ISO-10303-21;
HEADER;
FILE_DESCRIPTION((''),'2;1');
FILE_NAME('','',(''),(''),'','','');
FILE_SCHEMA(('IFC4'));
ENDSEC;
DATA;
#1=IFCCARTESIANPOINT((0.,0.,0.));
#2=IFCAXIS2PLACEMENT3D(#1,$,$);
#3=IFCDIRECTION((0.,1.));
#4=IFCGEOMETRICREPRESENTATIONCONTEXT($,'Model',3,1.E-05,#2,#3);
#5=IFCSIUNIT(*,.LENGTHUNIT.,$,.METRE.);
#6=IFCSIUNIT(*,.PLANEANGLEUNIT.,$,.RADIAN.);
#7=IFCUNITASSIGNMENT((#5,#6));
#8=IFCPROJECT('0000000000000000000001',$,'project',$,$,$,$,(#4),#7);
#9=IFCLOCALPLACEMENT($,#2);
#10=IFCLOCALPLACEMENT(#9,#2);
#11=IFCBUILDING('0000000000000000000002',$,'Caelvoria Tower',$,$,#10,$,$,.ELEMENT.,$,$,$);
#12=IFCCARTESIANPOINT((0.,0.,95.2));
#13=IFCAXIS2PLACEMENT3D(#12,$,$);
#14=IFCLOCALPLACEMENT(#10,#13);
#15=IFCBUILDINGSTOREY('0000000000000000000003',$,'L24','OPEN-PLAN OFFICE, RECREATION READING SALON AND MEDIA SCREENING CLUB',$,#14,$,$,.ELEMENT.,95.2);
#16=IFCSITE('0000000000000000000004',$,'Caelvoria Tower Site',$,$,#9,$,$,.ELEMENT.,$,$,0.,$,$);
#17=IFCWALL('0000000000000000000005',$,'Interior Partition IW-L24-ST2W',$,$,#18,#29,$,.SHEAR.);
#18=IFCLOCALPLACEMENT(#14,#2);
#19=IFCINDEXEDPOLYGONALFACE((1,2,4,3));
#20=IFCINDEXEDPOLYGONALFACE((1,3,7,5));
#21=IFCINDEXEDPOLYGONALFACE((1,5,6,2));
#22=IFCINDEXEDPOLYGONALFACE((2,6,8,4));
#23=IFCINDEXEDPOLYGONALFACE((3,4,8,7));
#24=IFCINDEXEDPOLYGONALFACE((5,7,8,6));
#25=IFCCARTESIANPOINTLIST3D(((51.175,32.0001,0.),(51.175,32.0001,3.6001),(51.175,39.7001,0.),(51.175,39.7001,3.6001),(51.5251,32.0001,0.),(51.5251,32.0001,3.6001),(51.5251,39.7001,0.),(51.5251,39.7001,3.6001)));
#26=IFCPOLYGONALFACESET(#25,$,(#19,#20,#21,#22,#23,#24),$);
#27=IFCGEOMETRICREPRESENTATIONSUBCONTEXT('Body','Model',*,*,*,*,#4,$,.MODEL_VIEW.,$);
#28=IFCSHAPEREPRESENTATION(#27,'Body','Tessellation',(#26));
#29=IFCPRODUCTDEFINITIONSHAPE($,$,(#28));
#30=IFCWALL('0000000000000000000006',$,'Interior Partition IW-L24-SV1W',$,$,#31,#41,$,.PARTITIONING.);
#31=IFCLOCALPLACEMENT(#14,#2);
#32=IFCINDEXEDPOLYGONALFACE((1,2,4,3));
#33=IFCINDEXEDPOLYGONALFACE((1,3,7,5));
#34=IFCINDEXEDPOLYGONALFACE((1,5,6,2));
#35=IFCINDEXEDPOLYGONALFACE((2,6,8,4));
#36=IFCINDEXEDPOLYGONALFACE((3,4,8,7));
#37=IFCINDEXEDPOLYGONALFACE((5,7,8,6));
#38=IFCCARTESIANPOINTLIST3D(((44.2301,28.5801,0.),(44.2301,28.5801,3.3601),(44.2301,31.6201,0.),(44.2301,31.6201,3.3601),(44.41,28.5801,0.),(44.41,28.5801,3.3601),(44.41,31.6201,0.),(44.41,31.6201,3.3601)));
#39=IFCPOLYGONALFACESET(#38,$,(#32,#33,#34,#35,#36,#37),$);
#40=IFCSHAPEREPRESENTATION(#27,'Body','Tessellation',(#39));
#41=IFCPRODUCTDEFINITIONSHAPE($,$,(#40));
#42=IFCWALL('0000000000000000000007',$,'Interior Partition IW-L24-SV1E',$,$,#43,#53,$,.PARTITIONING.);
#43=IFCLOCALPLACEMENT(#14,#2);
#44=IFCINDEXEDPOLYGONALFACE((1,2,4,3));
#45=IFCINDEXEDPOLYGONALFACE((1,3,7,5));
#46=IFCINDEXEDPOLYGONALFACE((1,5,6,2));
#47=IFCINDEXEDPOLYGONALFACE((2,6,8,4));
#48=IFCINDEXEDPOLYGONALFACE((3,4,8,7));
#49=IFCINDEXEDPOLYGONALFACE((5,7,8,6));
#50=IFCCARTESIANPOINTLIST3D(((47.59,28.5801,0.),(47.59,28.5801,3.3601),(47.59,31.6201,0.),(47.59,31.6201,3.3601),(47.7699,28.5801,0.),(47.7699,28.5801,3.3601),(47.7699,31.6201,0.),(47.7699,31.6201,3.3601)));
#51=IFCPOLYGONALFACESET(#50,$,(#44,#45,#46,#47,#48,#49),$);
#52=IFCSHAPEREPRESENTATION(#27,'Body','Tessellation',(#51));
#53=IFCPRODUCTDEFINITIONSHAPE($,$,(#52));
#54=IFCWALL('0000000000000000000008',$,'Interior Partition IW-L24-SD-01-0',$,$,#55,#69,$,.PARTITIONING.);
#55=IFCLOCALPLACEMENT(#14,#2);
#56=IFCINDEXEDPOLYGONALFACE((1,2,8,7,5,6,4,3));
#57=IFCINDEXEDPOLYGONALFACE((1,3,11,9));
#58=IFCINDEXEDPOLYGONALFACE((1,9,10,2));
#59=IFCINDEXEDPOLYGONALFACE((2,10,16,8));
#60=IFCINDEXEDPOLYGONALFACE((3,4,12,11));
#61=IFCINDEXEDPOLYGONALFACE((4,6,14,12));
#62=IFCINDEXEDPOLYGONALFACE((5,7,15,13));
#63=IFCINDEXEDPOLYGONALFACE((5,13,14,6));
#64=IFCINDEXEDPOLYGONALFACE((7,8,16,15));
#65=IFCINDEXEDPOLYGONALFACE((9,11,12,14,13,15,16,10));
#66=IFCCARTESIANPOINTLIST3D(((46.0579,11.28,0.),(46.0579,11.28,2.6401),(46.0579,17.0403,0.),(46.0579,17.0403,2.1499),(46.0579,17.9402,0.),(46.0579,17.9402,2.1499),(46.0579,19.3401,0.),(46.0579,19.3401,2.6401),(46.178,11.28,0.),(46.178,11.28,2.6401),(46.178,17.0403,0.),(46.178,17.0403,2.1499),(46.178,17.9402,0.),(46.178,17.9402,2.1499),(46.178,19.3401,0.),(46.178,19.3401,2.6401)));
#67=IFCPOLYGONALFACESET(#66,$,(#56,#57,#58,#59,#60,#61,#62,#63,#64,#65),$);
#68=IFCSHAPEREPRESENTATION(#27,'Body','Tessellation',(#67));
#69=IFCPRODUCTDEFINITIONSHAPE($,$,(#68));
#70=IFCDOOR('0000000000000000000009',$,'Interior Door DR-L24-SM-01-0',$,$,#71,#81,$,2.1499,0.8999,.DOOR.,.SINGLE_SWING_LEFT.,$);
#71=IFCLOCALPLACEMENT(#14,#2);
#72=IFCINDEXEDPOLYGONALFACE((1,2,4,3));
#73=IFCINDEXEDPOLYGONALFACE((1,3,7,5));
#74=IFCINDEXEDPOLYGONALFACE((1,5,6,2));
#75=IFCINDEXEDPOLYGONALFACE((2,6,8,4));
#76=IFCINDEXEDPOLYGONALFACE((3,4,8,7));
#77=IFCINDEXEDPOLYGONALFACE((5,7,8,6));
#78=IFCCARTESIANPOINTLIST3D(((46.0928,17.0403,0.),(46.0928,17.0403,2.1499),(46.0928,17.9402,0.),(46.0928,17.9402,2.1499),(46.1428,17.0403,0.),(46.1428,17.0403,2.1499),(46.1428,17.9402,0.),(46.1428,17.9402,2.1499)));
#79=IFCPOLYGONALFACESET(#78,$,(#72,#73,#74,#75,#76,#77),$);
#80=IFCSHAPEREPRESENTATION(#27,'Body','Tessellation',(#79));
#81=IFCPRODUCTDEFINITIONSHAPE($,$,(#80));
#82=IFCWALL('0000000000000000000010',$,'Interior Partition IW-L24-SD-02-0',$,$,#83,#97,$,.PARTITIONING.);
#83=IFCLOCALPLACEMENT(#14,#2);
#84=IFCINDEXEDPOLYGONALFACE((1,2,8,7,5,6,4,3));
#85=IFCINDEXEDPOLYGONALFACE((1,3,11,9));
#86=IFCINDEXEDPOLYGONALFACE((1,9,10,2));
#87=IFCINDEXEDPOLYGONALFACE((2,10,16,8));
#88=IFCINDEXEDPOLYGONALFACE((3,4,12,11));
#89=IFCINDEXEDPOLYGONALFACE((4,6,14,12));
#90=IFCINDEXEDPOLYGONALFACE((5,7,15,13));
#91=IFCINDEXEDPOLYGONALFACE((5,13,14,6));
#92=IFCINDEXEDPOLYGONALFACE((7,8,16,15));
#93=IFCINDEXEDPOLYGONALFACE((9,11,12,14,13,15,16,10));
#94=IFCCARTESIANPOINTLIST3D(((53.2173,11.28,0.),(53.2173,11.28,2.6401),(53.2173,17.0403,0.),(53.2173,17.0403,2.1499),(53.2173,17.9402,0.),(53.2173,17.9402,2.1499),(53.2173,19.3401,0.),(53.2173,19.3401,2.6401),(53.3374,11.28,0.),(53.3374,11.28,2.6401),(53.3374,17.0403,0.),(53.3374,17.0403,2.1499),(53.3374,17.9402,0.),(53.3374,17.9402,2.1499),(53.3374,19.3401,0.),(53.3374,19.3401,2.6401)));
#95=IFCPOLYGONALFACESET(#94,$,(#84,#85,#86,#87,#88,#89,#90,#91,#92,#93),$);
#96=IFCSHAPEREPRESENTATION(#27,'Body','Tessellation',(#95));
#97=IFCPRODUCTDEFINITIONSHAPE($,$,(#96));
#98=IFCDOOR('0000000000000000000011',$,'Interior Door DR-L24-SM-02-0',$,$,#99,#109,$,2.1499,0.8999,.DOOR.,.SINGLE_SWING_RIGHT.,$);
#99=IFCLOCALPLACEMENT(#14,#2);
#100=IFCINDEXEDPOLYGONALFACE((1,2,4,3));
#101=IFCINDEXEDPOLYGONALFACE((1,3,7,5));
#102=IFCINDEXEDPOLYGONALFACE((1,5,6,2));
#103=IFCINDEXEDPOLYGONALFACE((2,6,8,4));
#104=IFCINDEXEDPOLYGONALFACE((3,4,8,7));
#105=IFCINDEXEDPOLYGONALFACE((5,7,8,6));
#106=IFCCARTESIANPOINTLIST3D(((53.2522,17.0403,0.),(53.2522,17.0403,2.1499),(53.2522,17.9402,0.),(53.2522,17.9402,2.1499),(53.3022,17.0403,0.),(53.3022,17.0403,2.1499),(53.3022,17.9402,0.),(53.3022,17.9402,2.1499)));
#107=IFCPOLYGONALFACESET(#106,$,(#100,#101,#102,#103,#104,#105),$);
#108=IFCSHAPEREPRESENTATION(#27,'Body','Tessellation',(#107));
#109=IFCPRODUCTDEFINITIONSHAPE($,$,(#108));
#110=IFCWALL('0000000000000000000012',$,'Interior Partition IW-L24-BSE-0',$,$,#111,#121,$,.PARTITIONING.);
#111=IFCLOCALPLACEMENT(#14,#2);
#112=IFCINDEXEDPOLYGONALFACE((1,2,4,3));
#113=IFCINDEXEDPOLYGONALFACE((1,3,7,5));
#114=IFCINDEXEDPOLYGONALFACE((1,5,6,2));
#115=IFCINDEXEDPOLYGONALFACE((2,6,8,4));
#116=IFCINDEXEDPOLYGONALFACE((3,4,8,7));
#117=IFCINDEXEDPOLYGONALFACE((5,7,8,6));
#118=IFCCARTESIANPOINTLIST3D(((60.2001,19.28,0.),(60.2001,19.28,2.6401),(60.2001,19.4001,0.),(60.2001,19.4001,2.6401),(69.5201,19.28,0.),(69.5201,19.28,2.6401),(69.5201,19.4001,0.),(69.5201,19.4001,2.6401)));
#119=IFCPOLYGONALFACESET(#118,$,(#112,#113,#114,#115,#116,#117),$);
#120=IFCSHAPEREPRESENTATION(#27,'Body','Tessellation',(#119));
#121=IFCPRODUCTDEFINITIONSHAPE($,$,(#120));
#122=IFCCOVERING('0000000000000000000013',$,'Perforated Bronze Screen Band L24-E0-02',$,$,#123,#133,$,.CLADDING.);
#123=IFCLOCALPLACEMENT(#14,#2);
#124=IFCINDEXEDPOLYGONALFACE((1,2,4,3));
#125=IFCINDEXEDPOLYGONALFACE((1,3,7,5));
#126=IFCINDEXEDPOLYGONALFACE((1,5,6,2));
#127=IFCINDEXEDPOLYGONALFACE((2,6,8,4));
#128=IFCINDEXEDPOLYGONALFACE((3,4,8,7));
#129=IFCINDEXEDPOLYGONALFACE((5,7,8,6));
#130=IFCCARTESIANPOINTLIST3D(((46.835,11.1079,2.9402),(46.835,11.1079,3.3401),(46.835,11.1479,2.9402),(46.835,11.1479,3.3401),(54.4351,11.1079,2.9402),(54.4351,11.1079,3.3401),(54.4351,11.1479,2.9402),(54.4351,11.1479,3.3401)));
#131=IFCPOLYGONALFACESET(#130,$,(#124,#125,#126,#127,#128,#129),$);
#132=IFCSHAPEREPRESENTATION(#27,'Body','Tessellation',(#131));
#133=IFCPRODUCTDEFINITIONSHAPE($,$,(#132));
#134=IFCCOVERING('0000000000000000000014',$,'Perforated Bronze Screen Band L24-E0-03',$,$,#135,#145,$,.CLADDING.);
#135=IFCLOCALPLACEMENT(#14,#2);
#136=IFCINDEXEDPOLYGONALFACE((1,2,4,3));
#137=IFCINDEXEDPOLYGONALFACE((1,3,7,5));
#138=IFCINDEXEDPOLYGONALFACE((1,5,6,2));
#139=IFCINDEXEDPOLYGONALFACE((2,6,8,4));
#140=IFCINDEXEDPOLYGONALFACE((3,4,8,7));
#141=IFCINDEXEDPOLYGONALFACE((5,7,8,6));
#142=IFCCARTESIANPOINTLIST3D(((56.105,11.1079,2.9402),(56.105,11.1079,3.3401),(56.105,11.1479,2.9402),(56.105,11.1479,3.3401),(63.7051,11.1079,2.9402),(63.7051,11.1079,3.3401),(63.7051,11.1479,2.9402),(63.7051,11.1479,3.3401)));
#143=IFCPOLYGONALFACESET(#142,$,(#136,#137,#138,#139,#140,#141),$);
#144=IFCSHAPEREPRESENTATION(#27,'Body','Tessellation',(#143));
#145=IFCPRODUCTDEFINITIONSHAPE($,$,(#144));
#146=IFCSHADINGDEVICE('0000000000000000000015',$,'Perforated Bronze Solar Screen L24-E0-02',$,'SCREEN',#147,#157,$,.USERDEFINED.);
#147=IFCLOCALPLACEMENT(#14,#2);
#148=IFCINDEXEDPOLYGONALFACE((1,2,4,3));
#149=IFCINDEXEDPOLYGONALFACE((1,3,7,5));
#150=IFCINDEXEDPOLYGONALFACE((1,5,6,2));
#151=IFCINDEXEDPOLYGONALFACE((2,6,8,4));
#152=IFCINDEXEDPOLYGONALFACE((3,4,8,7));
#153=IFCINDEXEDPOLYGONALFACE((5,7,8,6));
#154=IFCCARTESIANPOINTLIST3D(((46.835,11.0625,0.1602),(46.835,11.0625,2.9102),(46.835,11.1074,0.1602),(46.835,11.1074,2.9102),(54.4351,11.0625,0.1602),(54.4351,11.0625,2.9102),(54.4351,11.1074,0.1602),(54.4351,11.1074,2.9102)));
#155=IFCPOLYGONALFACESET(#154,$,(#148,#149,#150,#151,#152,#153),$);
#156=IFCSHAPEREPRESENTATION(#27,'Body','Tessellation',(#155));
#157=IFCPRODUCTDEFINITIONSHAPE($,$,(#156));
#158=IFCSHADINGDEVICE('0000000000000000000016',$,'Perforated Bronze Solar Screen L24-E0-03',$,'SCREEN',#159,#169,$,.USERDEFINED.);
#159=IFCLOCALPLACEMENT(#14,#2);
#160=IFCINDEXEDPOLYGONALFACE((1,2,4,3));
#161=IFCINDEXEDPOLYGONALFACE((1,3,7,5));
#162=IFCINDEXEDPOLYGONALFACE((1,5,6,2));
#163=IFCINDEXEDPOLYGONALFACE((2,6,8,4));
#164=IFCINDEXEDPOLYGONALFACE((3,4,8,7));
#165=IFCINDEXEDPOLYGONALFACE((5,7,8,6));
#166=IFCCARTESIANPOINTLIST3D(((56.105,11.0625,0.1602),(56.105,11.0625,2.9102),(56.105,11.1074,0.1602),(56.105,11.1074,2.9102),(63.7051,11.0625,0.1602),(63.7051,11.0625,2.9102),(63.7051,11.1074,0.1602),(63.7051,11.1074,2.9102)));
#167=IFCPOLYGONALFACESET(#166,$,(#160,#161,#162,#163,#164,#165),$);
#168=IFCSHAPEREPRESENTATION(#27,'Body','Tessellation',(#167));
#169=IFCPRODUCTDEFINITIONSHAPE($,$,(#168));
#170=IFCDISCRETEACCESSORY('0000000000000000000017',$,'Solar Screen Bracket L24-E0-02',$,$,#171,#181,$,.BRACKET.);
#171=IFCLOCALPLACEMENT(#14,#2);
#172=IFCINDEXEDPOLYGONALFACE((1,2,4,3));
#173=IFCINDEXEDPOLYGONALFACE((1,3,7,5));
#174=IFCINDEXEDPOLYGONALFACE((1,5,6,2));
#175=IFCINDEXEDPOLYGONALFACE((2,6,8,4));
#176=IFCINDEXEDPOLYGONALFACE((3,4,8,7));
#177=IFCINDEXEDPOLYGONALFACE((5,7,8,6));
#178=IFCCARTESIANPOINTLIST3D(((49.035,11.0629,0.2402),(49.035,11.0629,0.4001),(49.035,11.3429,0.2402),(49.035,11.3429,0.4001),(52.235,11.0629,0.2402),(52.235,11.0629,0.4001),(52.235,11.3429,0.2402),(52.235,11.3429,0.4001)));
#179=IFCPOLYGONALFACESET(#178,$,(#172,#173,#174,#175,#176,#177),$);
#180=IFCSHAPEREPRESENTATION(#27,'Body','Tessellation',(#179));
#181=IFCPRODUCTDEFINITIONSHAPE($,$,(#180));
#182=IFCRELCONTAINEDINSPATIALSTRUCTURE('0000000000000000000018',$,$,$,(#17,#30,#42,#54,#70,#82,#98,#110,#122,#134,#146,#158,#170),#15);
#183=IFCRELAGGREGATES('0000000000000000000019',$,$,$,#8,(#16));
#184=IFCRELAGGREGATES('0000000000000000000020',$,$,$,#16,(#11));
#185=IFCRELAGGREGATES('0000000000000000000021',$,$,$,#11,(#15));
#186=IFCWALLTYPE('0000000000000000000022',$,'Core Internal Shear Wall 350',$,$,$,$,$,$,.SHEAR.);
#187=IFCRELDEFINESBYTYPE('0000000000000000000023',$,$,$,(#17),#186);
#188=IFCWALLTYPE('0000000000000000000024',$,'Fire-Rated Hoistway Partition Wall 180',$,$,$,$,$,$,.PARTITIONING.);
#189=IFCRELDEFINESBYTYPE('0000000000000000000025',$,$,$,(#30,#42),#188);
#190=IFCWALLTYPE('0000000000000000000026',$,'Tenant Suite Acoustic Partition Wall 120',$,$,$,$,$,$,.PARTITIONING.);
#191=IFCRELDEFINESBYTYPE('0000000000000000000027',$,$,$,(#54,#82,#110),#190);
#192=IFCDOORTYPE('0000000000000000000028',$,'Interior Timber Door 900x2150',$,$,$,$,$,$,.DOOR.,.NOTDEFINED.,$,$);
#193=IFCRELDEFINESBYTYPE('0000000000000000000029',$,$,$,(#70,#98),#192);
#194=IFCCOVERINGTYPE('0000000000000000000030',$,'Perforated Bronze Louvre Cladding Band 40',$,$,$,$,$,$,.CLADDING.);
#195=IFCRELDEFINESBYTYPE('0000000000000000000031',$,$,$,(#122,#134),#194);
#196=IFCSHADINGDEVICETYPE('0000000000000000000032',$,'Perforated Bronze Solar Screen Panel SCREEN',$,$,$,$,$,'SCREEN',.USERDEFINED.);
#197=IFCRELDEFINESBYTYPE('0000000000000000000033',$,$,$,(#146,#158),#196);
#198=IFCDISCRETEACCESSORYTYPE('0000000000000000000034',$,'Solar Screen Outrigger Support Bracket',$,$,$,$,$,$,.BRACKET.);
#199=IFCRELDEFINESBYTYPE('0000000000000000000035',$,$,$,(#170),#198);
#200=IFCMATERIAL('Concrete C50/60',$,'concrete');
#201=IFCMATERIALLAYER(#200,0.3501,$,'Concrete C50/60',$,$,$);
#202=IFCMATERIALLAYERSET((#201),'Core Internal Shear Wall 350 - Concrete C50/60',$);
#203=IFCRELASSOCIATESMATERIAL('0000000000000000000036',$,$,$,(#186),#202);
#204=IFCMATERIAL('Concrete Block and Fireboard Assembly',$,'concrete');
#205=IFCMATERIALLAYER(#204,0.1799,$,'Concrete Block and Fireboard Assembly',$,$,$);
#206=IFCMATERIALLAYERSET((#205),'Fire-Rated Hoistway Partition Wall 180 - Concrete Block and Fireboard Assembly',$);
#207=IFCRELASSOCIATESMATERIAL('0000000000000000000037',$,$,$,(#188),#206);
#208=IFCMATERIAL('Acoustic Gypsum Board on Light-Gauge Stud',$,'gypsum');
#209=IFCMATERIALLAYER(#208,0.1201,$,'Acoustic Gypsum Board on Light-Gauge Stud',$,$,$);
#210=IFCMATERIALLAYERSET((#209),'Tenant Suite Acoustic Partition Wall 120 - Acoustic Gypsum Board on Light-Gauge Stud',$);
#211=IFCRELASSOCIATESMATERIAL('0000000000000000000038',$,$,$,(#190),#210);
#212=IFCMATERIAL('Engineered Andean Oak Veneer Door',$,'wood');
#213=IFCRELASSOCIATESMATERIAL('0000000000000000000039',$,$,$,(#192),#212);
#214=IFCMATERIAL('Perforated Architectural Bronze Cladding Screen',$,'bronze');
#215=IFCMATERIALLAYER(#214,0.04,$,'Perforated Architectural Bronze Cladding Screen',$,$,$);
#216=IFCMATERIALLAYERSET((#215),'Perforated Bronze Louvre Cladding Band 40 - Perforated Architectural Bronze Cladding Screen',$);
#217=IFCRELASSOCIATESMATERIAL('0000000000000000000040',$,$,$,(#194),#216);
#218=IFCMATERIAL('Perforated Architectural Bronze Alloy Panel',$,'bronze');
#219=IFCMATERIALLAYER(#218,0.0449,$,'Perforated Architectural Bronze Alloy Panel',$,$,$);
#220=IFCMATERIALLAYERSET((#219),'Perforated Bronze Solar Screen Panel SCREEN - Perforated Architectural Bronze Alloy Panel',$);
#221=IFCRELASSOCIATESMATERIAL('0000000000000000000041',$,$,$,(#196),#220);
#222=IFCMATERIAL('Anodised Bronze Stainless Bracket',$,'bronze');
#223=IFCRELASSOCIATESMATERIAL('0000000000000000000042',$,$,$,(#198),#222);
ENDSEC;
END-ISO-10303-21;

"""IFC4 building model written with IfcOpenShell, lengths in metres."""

from ifc_helpers import new_model, si_unit, direction, frame, frame_2d, origin, origin_2d, place, context, subcontext, project, spatial, rectangle, extrude, material, layer, layer_set, type_object, element, fill, save


model = new_model("IFC4")

# Units and contexts
model_context = context("Model", 3, precision=1e-05, world=origin(), true_north=direction((0.0, 1.0)))
body_context = subcontext(model_context, "Body", "Model", "MODEL_VIEW")
ifc_project = project(units=[si_unit("LENGTHUNIT", "METRE"), si_unit("PLANEANGLEUNIT", "RADIAN")], contexts=[model_context])

# Site, building, storey
site_placement = place(None, origin())
site = spatial("IfcSite", under=ifc_project, at=site_placement, Name="Caelvoria Tower Site", CompositionType="ELEMENT", RefElevation=0.0)
building_placement = place(site_placement, origin())
building = spatial("IfcBuilding", under=site, at=building_placement, Name="Caelvoria Tower", CompositionType="ELEMENT")
storey_placement = place(building_placement, frame((0.0, 0.0, 95.2)))
storey = spatial("IfcBuildingStorey", under=building, at=storey_placement, Name="L24", Description="OPEN-PLAN OFFICE, RECREATION READING SALON AND MEDIA SCREENING CLUB", CompositionType="ELEMENT", Elevation=95.2)

# Walls
ifc_material_1 = material(Name="Concrete C50/60", Category="concrete")
ifc_layer_1 = layer(ifc_material_1, 0.3501, Name="Concrete C50/60")
ifc_layer_set_1 = layer_set([ifc_layer_1], Name="Core Internal Shear Wall 350 - Concrete C50/60")
wall_type_1 = type_object("IfcWallType", Name="Core Internal Shear Wall 350", PredefinedType="SHEAR", material=ifc_layer_set_1)
wall_1_placement = place(storey_placement, frame((51.3501, 32.0, 0.0), z_axis=(0.0, 0.0, 1.0), x_axis=(0.0, 1.0, 0.0)))
element("IfcWall", 1, at=wall_1_placement, inside=storey, type_object=wall_type_1, Name="Interior Partition IW-L24-ST2W", PredefinedType="SHEAR", context=body_context, shape_type="SweptSolid", body=[
    extrude(rectangle(XDim=7.7, YDim=0.3501, at=frame_2d((3.8501, 0.0))), origin(), (0.0, 0.0, 1.0), 3.6001),
])
ifc_material_2 = material(Name="Concrete Block and Fireboard Assembly", Category="concrete")
ifc_layer_2 = layer(ifc_material_2, 0.1799, Name="Concrete Block and Fireboard Assembly")
ifc_layer_set_2 = layer_set([ifc_layer_2], Name="Fire-Rated Hoistway Partition Wall 180 - Concrete Block and Fireboard Assembly")
wall_type_2 = type_object("IfcWallType", Name="Fire-Rated Hoistway Partition Wall 180", PredefinedType="PARTITIONING", material=ifc_layer_set_2)
for number, where, z_axis, x_axis, name in (
    (2, (44.3201, 28.5801, 0.0), (0.0, 0.0, 1.0), (0.0, 1.0, 0.0), "Interior Partition IW-L24-SV1W"),
    (3, (47.6799, 28.5801, 0.0), (0.0, 0.0, 1.0), (0.0, 1.0, 0.0), "Interior Partition IW-L24-SV1E"),
):
    element("IfcWall", number, at=place(storey_placement, frame(where, z_axis=z_axis, x_axis=x_axis)), inside=storey, type_object=wall_type_2, Name=name, PredefinedType="PARTITIONING", context=body_context, shape_type="SweptSolid", body=[
        extrude(rectangle(XDim=3.04, YDim=0.1799, at=frame_2d((1.52, 0.0))), origin(), (0.0, 0.0, 1.0), 3.3601),
    ])

# Walls, openings, doors
ifc_material_3 = material(Name="Acoustic Gypsum Board on Light-Gauge Stud", Category="gypsum")
ifc_layer_3 = layer(ifc_material_3, 0.1201, Name="Acoustic Gypsum Board on Light-Gauge Stud")
ifc_layer_set_3 = layer_set([ifc_layer_3], Name="Tenant Suite Acoustic Partition Wall 120 - Acoustic Gypsum Board on Light-Gauge Stud")
wall_type_3 = type_object("IfcWallType", Name="Tenant Suite Acoustic Partition Wall 120", PredefinedType="PARTITIONING", material=ifc_layer_set_3)
wall_2_placement = place(storey_placement, frame((46.1179, 19.3401, 0.0), z_axis=(0.0, 0.0, 1.0), x_axis=(0.0, -1.0, 0.0)))
wall_2 = element("IfcWall", 4, at=wall_2_placement, inside=storey, type_object=wall_type_3, Name="Interior Partition IW-L24-SD-01-0", PredefinedType="PARTITIONING", context=body_context, shape_type="SweptSolid", body=[
    extrude(rectangle(XDim=8.0601, YDim=0.1201, at=frame_2d((4.03, 0.0))), origin(), (0.0, 0.0, 1.0), 2.6401),
])
opening_1_placement = place(wall_2_placement, frame((1.3999, 0.0, 0.0)))
opening_1 = element("IfcOpeningElement", 5, at=opening_1_placement, cuts=wall_2, PredefinedType="OPENING", context=body_context, shape_type="SweptSolid", body=[
    extrude(rectangle(XDim=0.8999, YDim=2.1499, at=frame_2d((0.45, 1.075))), frame((0.0, 0.0701, 0.0), z_axis=(0.0, -1.0, 0.0), x_axis=(1.0, 0.0, 0.0)), (0.0, 0.0, 1.0), 0.1401),
])
ifc_material_4 = material(Name="Engineered Andean Oak Veneer Door", Category="wood")
door_type_1 = type_object("IfcDoorType", Name="Interior Timber Door 900x2150", OperationType="NOTDEFINED", PredefinedType="DOOR", material=ifc_material_4)
door_1_placement = place(opening_1_placement, origin())
door_1 = element("IfcDoor", 6, at=door_1_placement, inside=storey, type_object=door_type_1, Name="Interior Door DR-L24-SM-01-0", OperationType="SINGLE_SWING_LEFT", OverallHeight=2.1499, OverallWidth=0.8999, PredefinedType="DOOR", context=body_context, shape_type="SweptSolid", body=[
    extrude(rectangle(XDim=0.8999, YDim=2.1499, at=frame_2d((0.45, 1.075))), frame((0.0, 0.0249, 0.0), z_axis=(0.0, -1.0, 0.0), x_axis=(1.0, 0.0, 0.0)), (0.0, 0.0, 1.0), 0.05),
])
fill(opening_1, door_1)
wall_3_placement = place(storey_placement, frame((53.2773, 19.3401, 0.0), z_axis=(0.0, 0.0, 1.0), x_axis=(0.0, -1.0, 0.0)))
wall_3 = element("IfcWall", 7, at=wall_3_placement, inside=storey, type_object=wall_type_3, Name="Interior Partition IW-L24-SD-02-0", PredefinedType="PARTITIONING", context=body_context, shape_type="SweptSolid", body=[
    extrude(rectangle(XDim=8.0601, YDim=0.1201, at=frame_2d((4.03, 0.0))), origin(), (0.0, 0.0, 1.0), 2.6401),
])
opening_2_placement = place(wall_3_placement, frame((1.3999, 0.0, 0.0)))
opening_2 = element("IfcOpeningElement", 8, at=opening_2_placement, cuts=wall_3, PredefinedType="OPENING", context=body_context, shape_type="SweptSolid", body=[
    extrude(rectangle(XDim=0.8999, YDim=2.1499, at=frame_2d((0.45, 1.075))), frame((0.0, 0.0701, 0.0), z_axis=(0.0, -1.0, 0.0), x_axis=(1.0, 0.0, 0.0)), (0.0, 0.0, 1.0), 0.1401),
])
door_2_placement = place(opening_2_placement, origin())
door_2 = element("IfcDoor", 9, at=door_2_placement, inside=storey, type_object=door_type_1, Name="Interior Door DR-L24-SM-02-0", OperationType="SINGLE_SWING_RIGHT", OverallHeight=2.1499, OverallWidth=0.8999, PredefinedType="DOOR", context=body_context, shape_type="SweptSolid", body=[
    extrude(rectangle(XDim=0.8999, YDim=2.1499, at=frame_2d((0.45, 1.075))), frame((0.0, 0.0249, 0.0), z_axis=(0.0, -1.0, 0.0), x_axis=(1.0, 0.0, 0.0)), (0.0, 0.0, 1.0), 0.05),
])
fill(opening_2, door_2)

# Wall
wall_4_placement = place(storey_placement, frame((60.2, 19.3401, 0.0), z_axis=(0.0, 0.0, 1.0), x_axis=(1.0, 0.0, 0.0)))
element("IfcWall", 10, at=wall_4_placement, inside=storey, type_object=wall_type_3, Name="Interior Partition IW-L24-BSE-0", PredefinedType="PARTITIONING", context=body_context, shape_type="SweptSolid", body=[
    extrude(rectangle(XDim=9.3201, YDim=0.1201, at=frame_2d((4.6602, 0.0))), origin(), (0.0, 0.0, 1.0), 2.6401),
])

# Coverings
ifc_material_5 = material(Name="Perforated Architectural Bronze Cladding Screen", Category="bronze")
ifc_layer_4 = layer(ifc_material_5, 0.04, Name="Perforated Architectural Bronze Cladding Screen")
ifc_layer_set_4 = layer_set([ifc_layer_4], Name="Perforated Bronze Louvre Cladding Band 40 - Perforated Architectural Bronze Cladding Screen")
covering_type = type_object("IfcCoveringType", Name="Perforated Bronze Louvre Cladding Band 40", PredefinedType="CLADDING", material=ifc_layer_set_4)
for number, where, z_axis, x_axis, name in (
    (11, (50.635, 11.1279, 2.9402), (0.0, 0.0, 1.0), (1.0, 0.0, 0.0), "Perforated Bronze Screen Band L24-E0-02"),
    (12, (59.905, 11.1279, 2.9402), (0.0, 0.0, 1.0), (1.0, 0.0, 0.0), "Perforated Bronze Screen Band L24-E0-03"),
):
    element("IfcCovering", number, at=place(storey_placement, frame(where, z_axis=z_axis, x_axis=x_axis)), inside=storey, type_object=covering_type, Name=name, PredefinedType="CLADDING", context=body_context, shape_type="SweptSolid", body=[
        extrude(rectangle(XDim=7.6001, YDim=0.04, at=origin_2d()), origin(), (0.0, 0.0, 1.0), 0.3999),
    ])

# Shading devices
ifc_material_6 = material(Name="Perforated Architectural Bronze Alloy Panel", Category="bronze")
ifc_layer_5 = layer(ifc_material_6, 0.0449, Name="Perforated Architectural Bronze Alloy Panel")
ifc_layer_set_5 = layer_set([ifc_layer_5], Name="Perforated Bronze Solar Screen Panel SCREEN - Perforated Architectural Bronze Alloy Panel")
shading_device_type = type_object("IfcShadingDeviceType", Name="Perforated Bronze Solar Screen Panel SCREEN", ElementType="SCREEN", PredefinedType="USERDEFINED", material=ifc_layer_set_5)
for number, where, z_axis, x_axis, name in (
    (13, (50.635, 11.085, 0.1602), (0.0, 0.0, 1.0), (1.0, 0.0, 0.0), "Perforated Bronze Solar Screen L24-E0-02"),
    (14, (59.905, 11.085, 0.1602), (0.0, 0.0, 1.0), (1.0, 0.0, 0.0), "Perforated Bronze Solar Screen L24-E0-03"),
):
    element("IfcShadingDevice", number, at=place(storey_placement, frame(where, z_axis=z_axis, x_axis=x_axis)), inside=storey, type_object=shading_device_type, Name=name, ObjectType="SCREEN", PredefinedType="USERDEFINED", context=body_context, shape_type="SweptSolid", body=[
        extrude(rectangle(XDim=7.6001, YDim=0.0449, at=origin_2d()), origin(), (0.0, 0.0, 1.0), 2.75),
    ])

# Discrete accessory
ifc_material_7 = material(Name="Anodised Bronze Stainless Bracket", Category="bronze")
discrete_accessory_type = type_object("IfcDiscreteAccessoryType", Name="Solar Screen Outrigger Support Bracket", PredefinedType="BRACKET", material=ifc_material_7)
for number, where, z_axis, x_axis, name in (
    (15, (50.635, 11.2029, 0.2402), (0.0, 0.0, 1.0), (1.0, 0.0, 0.0), "Solar Screen Bracket L24-E0-02"),
):
    element("IfcDiscreteAccessory", number, at=place(storey_placement, frame(where, z_axis=z_axis, x_axis=x_axis)), inside=storey, type_object=discrete_accessory_type, Name=name, PredefinedType="BRACKET", context=body_context, shape_type="SweptSolid", body=[
        extrude(rectangle(XDim=3.2, YDim=0.28, at=origin_2d()), origin(), (0.0, 0.0, 1.0), 0.1599),
    ])

save(model, "model.ifc")
